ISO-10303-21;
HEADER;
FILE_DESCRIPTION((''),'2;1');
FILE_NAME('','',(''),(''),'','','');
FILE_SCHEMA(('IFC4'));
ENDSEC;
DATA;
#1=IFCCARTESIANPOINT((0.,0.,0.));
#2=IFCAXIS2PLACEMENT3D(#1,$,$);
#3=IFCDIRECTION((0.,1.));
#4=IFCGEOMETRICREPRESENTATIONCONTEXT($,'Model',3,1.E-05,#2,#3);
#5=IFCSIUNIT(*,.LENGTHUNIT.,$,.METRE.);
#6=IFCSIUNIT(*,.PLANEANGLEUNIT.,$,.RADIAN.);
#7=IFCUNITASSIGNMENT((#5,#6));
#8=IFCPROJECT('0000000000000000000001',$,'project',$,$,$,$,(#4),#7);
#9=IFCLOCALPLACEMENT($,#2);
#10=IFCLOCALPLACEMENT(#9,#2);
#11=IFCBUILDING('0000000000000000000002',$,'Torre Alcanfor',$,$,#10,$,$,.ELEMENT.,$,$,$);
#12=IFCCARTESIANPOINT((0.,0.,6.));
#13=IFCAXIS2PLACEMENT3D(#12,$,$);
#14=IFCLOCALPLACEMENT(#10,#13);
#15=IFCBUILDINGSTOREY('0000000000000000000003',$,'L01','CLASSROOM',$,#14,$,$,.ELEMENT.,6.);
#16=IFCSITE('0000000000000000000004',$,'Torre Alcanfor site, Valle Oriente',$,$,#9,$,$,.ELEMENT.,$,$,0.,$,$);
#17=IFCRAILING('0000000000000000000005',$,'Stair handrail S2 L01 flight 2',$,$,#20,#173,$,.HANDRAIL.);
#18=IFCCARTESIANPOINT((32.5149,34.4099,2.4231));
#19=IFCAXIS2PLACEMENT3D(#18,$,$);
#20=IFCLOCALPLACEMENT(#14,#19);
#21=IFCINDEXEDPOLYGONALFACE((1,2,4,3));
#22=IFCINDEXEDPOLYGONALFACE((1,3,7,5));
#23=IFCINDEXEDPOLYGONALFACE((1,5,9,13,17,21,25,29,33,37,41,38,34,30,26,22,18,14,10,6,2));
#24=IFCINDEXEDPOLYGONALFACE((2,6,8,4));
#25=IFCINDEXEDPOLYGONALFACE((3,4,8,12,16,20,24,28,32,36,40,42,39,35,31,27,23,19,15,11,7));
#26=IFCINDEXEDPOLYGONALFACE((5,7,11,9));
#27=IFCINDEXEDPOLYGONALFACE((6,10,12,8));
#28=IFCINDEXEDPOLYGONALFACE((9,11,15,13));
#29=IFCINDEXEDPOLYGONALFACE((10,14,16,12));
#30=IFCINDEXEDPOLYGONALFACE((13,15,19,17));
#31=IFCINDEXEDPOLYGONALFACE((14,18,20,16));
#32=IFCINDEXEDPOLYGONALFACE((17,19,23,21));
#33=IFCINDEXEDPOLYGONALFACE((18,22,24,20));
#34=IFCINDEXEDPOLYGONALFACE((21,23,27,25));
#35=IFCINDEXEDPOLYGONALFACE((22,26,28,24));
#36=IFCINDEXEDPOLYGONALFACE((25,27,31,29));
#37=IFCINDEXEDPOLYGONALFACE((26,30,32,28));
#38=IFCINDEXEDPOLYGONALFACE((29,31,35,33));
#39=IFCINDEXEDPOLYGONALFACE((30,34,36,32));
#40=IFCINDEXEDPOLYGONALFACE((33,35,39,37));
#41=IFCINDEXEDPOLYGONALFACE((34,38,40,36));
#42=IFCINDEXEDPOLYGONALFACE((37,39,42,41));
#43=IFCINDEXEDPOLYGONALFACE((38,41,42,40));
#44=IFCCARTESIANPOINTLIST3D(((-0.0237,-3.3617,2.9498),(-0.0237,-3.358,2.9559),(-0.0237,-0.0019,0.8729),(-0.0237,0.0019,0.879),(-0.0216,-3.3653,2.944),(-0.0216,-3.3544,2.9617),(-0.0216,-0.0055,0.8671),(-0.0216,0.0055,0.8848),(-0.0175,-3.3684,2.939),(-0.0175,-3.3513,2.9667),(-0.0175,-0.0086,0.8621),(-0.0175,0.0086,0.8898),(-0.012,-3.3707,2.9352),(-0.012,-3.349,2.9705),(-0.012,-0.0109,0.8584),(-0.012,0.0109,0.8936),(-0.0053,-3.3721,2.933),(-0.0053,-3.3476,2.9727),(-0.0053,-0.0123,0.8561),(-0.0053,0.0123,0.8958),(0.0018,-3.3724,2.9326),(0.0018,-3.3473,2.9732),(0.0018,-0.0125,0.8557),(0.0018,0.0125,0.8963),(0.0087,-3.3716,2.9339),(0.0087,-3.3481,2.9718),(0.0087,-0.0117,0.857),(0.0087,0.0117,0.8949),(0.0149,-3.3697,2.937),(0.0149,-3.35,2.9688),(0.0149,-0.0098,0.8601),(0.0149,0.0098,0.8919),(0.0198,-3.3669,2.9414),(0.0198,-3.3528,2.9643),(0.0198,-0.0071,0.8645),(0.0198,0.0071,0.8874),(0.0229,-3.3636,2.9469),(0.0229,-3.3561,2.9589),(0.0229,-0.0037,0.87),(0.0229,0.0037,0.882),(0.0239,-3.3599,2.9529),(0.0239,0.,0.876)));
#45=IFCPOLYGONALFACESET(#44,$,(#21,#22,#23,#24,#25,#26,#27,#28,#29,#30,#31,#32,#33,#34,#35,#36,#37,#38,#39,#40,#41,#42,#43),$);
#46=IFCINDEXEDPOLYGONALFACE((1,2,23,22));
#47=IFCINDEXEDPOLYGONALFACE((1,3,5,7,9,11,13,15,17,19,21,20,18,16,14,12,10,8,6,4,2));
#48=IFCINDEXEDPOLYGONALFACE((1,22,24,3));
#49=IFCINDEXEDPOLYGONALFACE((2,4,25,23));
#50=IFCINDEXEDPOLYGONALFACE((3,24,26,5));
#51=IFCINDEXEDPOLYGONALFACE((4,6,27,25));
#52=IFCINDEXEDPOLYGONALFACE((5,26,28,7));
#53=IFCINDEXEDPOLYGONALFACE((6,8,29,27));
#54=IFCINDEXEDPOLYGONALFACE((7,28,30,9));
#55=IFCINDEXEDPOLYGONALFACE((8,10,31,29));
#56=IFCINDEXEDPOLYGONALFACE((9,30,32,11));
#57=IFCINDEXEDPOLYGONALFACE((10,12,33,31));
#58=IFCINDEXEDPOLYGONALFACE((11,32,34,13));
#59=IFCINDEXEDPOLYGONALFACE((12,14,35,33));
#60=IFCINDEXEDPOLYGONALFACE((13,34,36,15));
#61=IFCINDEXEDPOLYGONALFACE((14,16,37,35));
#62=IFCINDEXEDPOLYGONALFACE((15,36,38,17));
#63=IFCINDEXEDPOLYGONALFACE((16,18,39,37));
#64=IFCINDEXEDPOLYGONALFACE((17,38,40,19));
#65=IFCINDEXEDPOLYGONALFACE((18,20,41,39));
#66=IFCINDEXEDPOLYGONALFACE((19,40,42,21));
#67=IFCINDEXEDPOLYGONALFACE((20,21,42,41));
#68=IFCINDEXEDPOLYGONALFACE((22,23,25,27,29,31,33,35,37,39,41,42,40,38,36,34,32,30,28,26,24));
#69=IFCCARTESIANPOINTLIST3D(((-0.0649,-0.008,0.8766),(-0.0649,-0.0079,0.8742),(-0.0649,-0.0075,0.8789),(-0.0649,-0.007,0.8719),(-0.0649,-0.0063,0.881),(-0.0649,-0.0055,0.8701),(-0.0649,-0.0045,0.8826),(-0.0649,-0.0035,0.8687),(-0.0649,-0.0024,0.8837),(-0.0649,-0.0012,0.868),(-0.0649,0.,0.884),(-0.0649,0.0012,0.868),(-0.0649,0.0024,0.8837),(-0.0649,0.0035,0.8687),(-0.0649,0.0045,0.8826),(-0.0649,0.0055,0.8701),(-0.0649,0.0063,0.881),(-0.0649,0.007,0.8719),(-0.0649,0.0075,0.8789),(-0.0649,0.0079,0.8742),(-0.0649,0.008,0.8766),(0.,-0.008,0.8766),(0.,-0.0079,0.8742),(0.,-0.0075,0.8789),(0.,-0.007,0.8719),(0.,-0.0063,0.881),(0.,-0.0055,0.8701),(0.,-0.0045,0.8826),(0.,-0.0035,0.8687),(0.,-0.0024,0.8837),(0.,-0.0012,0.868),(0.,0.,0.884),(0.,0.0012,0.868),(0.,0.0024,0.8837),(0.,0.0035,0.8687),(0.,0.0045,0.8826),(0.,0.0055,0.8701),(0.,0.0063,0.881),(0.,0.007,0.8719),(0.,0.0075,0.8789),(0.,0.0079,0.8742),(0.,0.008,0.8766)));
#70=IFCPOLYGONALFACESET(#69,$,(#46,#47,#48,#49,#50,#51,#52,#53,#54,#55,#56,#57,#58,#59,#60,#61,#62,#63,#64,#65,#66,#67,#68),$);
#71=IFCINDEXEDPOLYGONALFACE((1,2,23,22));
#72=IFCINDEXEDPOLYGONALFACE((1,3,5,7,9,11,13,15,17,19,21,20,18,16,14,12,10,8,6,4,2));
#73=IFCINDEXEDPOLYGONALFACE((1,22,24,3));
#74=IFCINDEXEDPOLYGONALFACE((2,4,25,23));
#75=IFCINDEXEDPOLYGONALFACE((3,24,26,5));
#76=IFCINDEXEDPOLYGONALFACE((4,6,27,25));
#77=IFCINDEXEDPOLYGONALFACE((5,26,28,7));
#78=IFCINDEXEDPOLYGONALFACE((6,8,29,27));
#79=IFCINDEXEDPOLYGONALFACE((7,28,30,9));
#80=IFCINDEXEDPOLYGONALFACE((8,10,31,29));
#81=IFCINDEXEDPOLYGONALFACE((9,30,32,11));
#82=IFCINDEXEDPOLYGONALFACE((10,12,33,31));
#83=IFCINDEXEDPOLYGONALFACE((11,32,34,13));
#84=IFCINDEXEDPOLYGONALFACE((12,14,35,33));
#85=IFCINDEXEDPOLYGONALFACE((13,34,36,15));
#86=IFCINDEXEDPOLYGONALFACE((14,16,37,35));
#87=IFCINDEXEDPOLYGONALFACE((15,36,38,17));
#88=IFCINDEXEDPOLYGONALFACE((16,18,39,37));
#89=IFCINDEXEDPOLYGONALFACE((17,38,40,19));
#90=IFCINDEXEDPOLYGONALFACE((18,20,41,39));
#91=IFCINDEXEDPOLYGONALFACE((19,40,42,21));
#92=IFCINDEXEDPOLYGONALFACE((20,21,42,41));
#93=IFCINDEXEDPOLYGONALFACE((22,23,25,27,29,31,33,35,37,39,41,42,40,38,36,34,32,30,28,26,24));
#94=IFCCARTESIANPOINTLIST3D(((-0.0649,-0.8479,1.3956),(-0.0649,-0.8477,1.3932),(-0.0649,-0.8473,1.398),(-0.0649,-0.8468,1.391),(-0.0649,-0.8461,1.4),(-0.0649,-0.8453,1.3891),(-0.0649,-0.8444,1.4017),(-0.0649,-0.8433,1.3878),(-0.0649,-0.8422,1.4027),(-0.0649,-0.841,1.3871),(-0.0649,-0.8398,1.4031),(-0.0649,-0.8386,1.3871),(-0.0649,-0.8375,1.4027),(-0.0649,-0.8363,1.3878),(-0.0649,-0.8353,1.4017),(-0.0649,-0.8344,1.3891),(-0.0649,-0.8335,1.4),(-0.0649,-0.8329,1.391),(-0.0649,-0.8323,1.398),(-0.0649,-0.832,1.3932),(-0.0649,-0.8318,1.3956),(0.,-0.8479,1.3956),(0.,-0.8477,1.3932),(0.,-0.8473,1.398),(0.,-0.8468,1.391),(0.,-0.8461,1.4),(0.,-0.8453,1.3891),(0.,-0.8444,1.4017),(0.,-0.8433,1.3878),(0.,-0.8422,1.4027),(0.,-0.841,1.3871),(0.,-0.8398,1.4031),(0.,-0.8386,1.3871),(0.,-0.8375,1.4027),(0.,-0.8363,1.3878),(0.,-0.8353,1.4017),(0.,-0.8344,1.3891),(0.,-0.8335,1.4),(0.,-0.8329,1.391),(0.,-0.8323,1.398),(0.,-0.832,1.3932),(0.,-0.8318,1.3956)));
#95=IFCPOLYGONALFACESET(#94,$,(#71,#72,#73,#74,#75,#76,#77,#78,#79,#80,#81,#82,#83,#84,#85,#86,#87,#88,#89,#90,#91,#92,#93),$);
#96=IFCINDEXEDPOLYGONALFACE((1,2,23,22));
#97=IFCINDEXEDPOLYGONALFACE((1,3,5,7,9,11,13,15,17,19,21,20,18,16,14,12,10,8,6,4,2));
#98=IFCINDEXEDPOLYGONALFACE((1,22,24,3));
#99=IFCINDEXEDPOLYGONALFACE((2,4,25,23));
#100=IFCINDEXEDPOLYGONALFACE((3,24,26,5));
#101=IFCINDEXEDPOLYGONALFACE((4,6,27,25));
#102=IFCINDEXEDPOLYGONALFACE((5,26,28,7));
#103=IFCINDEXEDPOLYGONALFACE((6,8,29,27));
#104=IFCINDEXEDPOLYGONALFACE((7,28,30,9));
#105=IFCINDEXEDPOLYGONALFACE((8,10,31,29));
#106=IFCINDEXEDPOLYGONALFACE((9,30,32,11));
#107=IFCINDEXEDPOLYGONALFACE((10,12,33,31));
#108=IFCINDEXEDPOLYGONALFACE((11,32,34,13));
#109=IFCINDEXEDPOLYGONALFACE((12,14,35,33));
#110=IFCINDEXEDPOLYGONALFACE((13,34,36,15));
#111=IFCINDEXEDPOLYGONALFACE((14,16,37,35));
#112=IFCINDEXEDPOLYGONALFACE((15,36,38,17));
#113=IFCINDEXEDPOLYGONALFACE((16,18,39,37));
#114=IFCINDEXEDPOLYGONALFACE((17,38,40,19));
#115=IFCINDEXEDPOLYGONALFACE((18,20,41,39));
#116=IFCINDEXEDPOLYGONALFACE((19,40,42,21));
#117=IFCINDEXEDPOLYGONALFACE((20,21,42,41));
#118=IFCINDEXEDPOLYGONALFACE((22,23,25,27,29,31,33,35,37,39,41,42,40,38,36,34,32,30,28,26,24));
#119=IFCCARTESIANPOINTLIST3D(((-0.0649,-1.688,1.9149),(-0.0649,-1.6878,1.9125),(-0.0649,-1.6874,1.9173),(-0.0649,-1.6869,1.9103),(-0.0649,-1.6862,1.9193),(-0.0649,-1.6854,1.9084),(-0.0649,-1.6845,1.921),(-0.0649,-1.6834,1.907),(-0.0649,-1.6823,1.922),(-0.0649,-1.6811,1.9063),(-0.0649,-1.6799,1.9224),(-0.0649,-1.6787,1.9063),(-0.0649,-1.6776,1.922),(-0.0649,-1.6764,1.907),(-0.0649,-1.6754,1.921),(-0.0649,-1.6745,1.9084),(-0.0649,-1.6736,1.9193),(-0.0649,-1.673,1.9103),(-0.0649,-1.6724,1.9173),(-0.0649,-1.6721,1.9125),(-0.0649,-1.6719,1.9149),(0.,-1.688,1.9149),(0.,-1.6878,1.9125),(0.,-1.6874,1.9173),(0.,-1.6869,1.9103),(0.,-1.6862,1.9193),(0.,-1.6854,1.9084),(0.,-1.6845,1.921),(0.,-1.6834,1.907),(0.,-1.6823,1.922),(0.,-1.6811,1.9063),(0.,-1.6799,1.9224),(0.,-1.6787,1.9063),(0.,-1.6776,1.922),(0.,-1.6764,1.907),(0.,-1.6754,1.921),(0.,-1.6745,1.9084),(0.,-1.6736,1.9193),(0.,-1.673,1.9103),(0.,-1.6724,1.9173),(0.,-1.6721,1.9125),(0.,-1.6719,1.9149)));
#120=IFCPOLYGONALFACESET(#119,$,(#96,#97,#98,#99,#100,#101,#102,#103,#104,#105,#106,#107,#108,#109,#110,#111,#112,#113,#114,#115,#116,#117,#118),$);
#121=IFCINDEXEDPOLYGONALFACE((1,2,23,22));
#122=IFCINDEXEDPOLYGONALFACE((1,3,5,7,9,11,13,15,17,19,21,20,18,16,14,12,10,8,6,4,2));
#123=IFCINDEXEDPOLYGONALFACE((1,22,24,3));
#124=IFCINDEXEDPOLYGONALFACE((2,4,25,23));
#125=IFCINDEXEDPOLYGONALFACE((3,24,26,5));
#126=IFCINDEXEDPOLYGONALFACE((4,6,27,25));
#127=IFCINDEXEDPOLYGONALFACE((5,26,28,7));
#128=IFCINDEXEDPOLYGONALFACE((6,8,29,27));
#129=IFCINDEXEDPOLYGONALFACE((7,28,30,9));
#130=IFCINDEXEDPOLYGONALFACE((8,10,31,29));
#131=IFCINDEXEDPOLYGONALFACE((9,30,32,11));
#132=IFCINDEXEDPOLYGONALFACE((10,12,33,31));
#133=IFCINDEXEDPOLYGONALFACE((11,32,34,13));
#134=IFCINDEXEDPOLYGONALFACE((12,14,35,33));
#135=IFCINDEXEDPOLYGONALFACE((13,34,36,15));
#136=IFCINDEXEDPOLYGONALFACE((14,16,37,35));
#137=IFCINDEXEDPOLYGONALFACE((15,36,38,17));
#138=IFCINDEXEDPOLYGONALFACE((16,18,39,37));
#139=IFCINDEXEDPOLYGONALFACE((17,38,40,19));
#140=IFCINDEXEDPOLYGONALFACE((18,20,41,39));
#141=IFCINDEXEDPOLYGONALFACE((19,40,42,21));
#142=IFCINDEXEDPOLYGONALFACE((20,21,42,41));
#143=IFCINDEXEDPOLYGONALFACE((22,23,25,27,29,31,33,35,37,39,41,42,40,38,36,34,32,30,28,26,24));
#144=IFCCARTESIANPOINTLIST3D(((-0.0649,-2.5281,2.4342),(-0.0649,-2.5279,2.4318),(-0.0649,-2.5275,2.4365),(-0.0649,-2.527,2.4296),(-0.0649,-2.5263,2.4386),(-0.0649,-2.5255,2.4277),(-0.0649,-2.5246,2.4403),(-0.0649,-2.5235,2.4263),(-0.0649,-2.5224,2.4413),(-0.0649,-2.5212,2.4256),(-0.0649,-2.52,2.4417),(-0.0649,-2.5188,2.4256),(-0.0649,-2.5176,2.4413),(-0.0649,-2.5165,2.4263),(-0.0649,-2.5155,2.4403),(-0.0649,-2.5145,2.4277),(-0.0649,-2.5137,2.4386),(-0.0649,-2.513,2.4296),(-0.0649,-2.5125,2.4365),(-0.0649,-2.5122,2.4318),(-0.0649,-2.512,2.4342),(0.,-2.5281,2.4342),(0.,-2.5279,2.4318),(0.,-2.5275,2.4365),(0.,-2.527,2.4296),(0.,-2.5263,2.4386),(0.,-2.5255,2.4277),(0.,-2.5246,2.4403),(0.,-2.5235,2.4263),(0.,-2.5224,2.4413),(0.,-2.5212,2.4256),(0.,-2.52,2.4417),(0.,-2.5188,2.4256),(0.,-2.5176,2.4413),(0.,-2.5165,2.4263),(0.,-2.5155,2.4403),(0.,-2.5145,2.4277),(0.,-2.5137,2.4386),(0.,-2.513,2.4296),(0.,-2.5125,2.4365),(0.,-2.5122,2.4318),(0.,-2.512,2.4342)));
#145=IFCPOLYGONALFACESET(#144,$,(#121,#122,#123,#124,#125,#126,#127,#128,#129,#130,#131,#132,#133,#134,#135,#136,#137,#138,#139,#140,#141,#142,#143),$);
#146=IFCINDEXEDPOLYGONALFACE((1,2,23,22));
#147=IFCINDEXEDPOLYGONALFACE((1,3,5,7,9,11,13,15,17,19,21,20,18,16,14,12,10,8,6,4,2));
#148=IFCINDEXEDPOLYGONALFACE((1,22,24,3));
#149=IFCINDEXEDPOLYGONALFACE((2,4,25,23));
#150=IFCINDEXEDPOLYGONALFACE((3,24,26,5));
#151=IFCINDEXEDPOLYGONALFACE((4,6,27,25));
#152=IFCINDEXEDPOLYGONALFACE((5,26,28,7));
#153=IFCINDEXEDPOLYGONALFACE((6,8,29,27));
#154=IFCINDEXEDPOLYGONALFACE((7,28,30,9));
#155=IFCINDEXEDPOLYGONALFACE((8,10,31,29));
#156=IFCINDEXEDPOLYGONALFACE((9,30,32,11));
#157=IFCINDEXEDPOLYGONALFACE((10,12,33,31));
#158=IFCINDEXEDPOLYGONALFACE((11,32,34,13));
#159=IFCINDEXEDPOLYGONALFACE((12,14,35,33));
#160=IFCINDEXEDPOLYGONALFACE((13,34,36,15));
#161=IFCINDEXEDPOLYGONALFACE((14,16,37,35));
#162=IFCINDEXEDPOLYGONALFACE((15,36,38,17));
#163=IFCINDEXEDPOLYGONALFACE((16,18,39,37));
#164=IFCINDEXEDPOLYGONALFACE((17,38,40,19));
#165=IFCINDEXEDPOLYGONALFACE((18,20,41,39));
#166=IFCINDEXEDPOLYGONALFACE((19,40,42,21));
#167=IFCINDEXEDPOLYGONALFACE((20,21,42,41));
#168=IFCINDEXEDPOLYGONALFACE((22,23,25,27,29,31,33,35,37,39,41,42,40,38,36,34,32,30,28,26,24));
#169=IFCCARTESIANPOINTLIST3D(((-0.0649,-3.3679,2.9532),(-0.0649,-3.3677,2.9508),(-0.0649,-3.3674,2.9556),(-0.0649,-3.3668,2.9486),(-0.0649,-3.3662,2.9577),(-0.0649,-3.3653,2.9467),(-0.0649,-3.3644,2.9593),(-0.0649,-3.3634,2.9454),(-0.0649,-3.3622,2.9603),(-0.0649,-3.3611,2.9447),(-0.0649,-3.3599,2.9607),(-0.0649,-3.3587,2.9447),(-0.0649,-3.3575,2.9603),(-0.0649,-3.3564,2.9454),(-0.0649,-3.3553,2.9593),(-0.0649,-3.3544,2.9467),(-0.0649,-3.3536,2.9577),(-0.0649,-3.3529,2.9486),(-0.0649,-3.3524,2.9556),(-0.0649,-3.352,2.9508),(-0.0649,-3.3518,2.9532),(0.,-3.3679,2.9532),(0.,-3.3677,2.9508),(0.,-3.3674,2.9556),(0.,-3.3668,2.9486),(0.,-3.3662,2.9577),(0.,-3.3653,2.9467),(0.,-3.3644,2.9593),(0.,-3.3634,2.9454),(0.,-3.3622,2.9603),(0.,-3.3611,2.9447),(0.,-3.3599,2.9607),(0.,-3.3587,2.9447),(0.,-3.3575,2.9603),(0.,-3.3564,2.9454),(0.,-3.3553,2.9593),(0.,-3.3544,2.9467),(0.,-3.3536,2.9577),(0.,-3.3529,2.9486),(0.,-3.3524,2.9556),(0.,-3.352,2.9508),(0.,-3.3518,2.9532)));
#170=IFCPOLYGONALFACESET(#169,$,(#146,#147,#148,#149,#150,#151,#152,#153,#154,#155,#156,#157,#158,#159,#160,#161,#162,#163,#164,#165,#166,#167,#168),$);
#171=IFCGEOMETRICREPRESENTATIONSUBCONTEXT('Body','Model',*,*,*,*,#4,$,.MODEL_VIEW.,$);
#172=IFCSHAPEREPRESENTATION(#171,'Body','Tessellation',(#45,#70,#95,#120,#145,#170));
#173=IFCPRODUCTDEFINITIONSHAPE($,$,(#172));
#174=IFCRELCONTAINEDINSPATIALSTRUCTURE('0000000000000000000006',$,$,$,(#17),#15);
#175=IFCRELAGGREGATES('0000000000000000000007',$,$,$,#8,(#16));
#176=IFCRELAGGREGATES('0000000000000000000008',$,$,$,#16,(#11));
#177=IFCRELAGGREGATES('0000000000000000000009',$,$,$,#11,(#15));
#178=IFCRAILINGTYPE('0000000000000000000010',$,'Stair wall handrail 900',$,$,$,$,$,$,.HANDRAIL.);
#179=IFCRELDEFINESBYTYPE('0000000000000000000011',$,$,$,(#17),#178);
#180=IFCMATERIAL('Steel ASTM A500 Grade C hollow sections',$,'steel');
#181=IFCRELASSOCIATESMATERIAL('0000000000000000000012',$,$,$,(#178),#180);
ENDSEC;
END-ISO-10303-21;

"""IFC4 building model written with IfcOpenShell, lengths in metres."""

from ifc_helpers import new_model, si_unit, direction, frame, origin, origin_2d, place, context, subcontext, project, spatial, circle, extrude, material, type_object, element, save


model = new_model("IFC4")

# Units and contexts
model_context = context("Model", 3, precision=1e-05, world=origin(), true_north=direction((0.0, 1.0)))
body_context = subcontext(model_context, "Body", "Model", "MODEL_VIEW")
ifc_project = project(units=[si_unit("LENGTHUNIT", "METRE"), si_unit("PLANEANGLEUNIT", "RADIAN")], contexts=[model_context])

# Site, building, storey
site_placement = place(None, origin())
site = spatial("IfcSite", under=ifc_project, at=site_placement, Name="Torre Alcanfor site, Valle Oriente", CompositionType="ELEMENT", RefElevation=0.0)
building_placement = place(site_placement, origin())
building = spatial("IfcBuilding", under=site, at=building_placement, Name="Torre Alcanfor", CompositionType="ELEMENT")
storey_placement = place(building_placement, frame((0.0, 0.0, 6.0)))
storey = spatial("IfcBuildingStorey", under=building, at=storey_placement, Name="L01", Description="CLASSROOM", CompositionType="ELEMENT", Elevation=6.0)

# Railing
ifc_material_1 = material(Name="Steel ASTM A500 Grade C hollow sections", Category="steel")
railing_type_1 = type_object("IfcRailingType", Name="Stair wall handrail 900", PredefinedType="HANDRAIL", material=ifc_material_1)
railing_1_placement = place(storey_placement, frame((32.5149, 34.4099, 2.4231)))
element("IfcRailing", 1, at=railing_1_placement, inside=storey, type_object=railing_type_1, Name="Stair handrail S2 L01 flight 2", PredefinedType="HANDRAIL", context=body_context, shape_type="SweptSolid", body=[
    extrude(circle(Radius=0.0239, at=origin_2d()), frame((0.0, 0.0, 0.876), z_axis=(0.0, -0.850606, 0.525803), x_axis=(1.0, 0.0, 0.0)), (0.0, 0.0, 1.0), 3.95),
    extrude(circle(Radius=0.0081, at=origin_2d()), frame((0.0, 0.0, 0.876), z_axis=(-1.0, 0.0, 0.0), x_axis=(0.0, 0.0, 1.0)), (0.0, 0.0, 1.0), 0.0649),
    extrude(circle(Radius=0.0081, at=origin_2d()), frame((0.0, -0.8398, 1.395), z_axis=(-1.0, 0.0, 0.0), x_axis=(0.0, 0.0, 1.0)), (0.0, 0.0, 1.0), 0.0649),
    extrude(circle(Radius=0.0081, at=origin_2d()), frame((0.0, -1.6799, 1.9143), z_axis=(-1.0, 0.0, 0.0), x_axis=(0.0, 0.0, 1.0)), (0.0, 0.0, 1.0), 0.0649),
    extrude(circle(Radius=0.0081, at=origin_2d()), frame((0.0, -2.52, 2.4336), z_axis=(-1.0, 0.0, 0.0), x_axis=(0.0, 0.0, 1.0)), (0.0, 0.0, 1.0), 0.0649),
    extrude(circle(Radius=0.0081, at=origin_2d()), frame((0.0, -3.3599, 2.9526), z_axis=(-1.0, 0.0, 0.0), x_axis=(0.0, 0.0, 1.0)), (0.0, 0.0, 1.0), 0.0649),
])

save(model, "model.ifc")
